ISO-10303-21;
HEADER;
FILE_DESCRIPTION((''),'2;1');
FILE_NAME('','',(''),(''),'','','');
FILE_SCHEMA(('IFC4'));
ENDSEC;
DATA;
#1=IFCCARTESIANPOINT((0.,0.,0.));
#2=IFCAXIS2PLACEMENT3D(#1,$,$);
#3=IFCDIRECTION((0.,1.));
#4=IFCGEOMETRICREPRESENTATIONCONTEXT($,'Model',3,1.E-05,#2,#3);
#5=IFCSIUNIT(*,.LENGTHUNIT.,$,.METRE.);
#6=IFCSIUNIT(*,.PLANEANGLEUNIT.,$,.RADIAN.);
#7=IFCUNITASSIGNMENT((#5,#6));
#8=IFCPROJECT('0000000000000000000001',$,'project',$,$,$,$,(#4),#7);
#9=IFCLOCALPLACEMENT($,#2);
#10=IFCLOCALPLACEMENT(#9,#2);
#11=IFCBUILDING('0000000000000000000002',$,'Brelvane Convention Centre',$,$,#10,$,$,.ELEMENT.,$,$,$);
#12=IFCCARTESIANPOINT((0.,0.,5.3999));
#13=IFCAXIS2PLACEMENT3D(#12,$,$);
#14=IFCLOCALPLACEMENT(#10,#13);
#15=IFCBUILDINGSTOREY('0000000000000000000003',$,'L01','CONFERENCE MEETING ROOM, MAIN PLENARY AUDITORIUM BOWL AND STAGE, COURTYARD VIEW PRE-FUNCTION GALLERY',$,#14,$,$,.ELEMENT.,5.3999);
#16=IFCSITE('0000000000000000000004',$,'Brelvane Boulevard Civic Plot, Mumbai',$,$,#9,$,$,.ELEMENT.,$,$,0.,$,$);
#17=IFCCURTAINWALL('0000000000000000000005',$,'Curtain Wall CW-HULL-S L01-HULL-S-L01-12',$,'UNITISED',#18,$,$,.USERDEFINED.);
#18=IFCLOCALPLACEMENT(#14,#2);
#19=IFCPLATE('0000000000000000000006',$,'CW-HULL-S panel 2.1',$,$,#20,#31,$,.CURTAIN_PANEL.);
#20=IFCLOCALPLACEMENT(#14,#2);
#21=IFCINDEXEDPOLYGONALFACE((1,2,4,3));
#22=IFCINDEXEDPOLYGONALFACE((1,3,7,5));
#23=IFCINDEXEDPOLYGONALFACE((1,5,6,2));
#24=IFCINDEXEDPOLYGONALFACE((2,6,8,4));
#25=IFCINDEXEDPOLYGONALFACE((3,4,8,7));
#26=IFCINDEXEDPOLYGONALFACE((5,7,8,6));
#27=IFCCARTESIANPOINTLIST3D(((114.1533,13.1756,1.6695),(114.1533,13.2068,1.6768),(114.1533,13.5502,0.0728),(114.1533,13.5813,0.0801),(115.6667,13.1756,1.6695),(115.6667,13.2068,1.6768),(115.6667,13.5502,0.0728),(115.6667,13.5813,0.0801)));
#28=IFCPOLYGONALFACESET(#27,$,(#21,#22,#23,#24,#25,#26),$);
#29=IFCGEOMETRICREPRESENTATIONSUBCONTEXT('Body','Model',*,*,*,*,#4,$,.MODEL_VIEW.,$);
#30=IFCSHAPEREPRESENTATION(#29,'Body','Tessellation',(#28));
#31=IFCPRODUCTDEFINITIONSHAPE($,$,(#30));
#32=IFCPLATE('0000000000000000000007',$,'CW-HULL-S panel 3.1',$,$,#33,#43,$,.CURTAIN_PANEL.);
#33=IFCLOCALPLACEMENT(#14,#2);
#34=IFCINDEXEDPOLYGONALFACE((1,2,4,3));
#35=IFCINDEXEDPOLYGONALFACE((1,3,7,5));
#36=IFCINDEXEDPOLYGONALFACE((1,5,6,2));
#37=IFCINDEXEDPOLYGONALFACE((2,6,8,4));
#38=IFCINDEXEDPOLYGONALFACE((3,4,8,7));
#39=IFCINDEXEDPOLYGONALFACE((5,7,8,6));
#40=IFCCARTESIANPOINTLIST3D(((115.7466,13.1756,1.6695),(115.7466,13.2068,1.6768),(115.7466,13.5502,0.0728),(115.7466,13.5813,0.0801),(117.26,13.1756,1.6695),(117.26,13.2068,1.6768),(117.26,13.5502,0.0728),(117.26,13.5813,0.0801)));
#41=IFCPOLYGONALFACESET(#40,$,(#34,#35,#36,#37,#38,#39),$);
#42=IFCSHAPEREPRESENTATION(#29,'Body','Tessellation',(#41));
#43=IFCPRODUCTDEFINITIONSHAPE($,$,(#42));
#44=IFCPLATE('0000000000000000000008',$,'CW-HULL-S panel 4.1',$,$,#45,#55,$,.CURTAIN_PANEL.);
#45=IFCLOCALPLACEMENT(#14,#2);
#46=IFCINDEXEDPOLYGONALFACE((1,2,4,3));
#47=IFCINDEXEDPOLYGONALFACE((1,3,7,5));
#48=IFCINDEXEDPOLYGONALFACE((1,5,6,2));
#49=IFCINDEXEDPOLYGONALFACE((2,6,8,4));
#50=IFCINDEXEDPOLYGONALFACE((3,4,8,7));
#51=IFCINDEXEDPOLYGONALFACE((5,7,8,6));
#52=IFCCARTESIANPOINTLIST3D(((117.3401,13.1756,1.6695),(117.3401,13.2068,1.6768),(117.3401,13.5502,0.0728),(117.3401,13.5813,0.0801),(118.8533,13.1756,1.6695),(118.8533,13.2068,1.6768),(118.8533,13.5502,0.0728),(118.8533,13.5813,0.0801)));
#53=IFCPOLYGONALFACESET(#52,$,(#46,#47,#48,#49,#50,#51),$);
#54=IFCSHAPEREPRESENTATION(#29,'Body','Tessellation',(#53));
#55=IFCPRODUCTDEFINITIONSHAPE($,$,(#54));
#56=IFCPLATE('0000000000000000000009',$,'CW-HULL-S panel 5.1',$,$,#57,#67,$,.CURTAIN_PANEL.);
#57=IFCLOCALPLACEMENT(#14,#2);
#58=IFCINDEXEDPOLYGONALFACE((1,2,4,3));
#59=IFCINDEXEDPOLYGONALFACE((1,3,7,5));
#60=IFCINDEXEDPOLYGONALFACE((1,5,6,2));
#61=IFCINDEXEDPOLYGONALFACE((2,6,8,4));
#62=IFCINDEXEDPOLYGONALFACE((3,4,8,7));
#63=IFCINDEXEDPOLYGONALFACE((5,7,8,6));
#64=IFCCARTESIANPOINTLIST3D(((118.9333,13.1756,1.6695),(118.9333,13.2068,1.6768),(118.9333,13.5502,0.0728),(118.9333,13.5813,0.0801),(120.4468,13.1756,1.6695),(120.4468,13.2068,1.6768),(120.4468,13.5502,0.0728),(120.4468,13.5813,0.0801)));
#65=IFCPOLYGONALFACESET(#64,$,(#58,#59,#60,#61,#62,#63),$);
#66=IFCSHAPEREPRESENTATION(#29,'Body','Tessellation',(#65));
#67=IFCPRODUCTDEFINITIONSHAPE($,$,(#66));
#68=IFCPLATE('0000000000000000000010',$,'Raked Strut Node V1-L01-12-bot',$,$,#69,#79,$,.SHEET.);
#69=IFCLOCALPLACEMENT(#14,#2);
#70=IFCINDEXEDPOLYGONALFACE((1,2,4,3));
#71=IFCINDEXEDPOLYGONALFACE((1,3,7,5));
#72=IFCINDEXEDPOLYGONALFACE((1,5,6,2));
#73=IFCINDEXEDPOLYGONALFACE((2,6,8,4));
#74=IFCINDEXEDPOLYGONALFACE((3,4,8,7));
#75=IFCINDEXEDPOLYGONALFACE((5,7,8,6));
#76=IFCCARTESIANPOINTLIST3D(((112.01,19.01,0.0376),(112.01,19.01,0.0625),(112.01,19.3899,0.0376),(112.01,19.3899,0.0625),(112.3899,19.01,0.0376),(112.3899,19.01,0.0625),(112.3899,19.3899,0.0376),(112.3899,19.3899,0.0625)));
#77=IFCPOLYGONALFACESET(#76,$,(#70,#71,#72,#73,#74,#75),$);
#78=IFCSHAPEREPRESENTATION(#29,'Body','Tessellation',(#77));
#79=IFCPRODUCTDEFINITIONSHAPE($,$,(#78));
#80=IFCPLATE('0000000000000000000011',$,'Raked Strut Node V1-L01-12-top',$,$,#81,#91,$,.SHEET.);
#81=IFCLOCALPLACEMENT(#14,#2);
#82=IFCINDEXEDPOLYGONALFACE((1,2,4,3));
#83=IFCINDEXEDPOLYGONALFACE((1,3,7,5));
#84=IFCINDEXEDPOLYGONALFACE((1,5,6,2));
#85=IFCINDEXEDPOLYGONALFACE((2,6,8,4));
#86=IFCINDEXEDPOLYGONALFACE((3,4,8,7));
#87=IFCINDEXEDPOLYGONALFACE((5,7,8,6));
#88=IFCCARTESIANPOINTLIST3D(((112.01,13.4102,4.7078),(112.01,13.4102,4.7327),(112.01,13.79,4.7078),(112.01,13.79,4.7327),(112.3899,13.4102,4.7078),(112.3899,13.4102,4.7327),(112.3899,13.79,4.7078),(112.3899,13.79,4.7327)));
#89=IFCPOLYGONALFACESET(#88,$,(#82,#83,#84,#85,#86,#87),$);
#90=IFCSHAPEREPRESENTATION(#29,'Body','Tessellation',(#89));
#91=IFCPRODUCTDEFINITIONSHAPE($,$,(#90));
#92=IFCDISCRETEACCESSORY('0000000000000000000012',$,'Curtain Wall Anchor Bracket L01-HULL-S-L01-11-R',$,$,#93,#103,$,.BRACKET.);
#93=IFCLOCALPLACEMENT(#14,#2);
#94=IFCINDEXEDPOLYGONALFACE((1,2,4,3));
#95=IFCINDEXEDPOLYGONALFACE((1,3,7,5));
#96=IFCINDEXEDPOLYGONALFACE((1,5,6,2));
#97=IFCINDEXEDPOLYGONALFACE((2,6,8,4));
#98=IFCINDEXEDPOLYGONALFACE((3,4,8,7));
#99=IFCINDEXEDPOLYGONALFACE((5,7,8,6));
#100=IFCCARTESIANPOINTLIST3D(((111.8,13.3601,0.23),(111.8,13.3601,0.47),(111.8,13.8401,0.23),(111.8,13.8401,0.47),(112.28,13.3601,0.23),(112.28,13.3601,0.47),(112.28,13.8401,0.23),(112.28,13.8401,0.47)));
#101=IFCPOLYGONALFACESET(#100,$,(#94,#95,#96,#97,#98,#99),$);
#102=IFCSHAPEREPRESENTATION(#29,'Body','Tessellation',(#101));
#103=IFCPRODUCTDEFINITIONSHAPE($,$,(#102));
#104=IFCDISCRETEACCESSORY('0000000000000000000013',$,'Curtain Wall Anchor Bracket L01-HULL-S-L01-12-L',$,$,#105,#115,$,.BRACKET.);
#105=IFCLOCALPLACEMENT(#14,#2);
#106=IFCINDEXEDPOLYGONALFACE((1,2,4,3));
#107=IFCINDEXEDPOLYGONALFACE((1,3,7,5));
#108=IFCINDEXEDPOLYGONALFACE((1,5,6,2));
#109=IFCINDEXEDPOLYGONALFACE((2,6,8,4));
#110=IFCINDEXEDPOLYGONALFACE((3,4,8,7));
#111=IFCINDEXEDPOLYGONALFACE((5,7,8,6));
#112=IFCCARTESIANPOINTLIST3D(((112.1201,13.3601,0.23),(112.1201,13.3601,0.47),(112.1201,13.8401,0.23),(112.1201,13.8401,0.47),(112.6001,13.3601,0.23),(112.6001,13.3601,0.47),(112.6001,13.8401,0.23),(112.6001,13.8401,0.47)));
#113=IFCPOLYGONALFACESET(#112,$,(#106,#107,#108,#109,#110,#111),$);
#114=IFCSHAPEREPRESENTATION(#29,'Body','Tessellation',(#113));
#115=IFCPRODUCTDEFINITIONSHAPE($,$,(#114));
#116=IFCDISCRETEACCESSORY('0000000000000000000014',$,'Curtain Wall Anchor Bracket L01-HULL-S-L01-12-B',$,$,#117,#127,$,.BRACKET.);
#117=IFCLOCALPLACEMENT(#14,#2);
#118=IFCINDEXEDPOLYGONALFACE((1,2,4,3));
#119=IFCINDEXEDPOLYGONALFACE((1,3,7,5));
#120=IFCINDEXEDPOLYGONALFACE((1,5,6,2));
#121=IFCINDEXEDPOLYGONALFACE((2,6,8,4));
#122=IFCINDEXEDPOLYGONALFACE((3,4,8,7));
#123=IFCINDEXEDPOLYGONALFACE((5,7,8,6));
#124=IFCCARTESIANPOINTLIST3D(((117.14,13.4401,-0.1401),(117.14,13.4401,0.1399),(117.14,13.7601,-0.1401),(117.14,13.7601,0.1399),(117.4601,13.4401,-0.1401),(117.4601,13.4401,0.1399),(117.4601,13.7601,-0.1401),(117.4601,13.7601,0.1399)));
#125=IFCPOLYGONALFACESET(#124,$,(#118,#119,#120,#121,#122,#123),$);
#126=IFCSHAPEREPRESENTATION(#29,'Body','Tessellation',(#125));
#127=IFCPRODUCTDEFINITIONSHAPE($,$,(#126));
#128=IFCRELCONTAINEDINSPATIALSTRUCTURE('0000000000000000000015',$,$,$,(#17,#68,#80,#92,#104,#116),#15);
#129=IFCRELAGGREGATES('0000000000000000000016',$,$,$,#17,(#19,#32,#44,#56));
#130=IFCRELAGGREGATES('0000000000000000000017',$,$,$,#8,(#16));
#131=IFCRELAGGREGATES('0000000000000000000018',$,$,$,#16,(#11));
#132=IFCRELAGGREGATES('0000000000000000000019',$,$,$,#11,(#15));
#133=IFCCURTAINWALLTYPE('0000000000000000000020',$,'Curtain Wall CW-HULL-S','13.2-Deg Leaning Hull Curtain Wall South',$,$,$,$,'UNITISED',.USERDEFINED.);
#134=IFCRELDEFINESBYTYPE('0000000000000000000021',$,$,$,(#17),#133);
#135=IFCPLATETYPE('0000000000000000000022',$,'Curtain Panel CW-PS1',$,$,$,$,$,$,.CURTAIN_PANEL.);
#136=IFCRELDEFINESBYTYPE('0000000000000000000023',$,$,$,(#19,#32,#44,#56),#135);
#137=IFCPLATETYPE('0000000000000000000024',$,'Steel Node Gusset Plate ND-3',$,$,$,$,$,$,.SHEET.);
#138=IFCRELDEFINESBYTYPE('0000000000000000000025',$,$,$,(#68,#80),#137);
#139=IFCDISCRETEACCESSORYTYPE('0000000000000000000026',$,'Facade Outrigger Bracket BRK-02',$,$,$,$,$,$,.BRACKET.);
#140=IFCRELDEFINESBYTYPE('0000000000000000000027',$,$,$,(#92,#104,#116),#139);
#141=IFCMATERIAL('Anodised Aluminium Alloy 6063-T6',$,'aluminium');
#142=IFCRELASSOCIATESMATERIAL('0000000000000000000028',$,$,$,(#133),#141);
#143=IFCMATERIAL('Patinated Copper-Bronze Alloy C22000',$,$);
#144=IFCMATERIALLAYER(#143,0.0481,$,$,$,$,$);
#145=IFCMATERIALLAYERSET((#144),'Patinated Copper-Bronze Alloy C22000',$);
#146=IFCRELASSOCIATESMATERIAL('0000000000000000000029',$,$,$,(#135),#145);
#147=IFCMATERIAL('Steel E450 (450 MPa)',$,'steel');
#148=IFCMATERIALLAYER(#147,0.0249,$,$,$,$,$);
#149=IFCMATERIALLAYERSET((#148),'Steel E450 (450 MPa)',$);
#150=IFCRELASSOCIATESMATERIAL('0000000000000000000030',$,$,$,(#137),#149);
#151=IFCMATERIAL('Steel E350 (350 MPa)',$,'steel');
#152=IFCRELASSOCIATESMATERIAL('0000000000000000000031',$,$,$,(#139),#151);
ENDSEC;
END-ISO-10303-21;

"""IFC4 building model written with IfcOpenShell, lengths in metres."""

from ifc_helpers import new_model, si_unit, direction, frame, origin, origin_2d, place, context, subcontext, project, spatial, polyline, rectangle, outline, extrude, material, layer, layer_set, type_object, element, aggregate, save


model = new_model("IFC4")

# Units and contexts
model_context = context("Model", 3, precision=1e-05, world=origin(), true_north=direction((0.0, 1.0)))
body_context = subcontext(model_context, "Body", "Model", "MODEL_VIEW")
ifc_project = project(units=[si_unit("LENGTHUNIT", "METRE"), si_unit("PLANEANGLEUNIT", "RADIAN")], contexts=[model_context])

# Site, building, storey
site_placement = place(None, origin())
site = spatial("IfcSite", under=ifc_project, at=site_placement, Name="Brelvane Boulevard Civic Plot, Mumbai", CompositionType="ELEMENT", RefElevation=0.0)
building_placement = place(site_placement, origin())
building = spatial("IfcBuilding", under=site, at=building_placement, Name="Brelvane Convention Centre", CompositionType="ELEMENT")
storey_placement = place(building_placement, frame((0.0, 0.0, 5.3999)))
storey = spatial("IfcBuildingStorey", under=building, at=storey_placement, Name="L01", Description="CONFERENCE MEETING ROOM, MAIN PLENARY AUDITORIUM BOWL AND STAGE, COURTYARD VIEW PRE-FUNCTION GALLERY", CompositionType="ELEMENT", Elevation=5.3999)

# Curtain wall
ifc_material_1 = material(Name="Anodised Aluminium Alloy 6063-T6", Category="aluminium")
curtain_wall_type = type_object("IfcCurtainWallType", Name="Curtain Wall CW-HULL-S", Description="13.2-Deg Leaning Hull Curtain Wall South", ElementType="UNITISED", PredefinedType="USERDEFINED", material=ifc_material_1)
curtain_wall_1_placement = place(storey_placement, origin())
curtain_wall_1 = element("IfcCurtainWall", 1, at=curtain_wall_1_placement, inside=storey, type_object=curtain_wall_type, Name="Curtain Wall CW-HULL-S L01-HULL-S-L01-12", ObjectType="UNITISED", PredefinedType="USERDEFINED")

# Plates
ifc_material_2 = material(Name="Patinated Copper-Bronze Alloy C22000")
ifc_layer_1 = layer(ifc_material_2, 0.0481)
ifc_layer_set_1 = layer_set([ifc_layer_1], Name="Patinated Copper-Bronze Alloy C22000")
plate_type_1 = type_object("IfcPlateType", Name="Curtain Panel CW-PS1", PredefinedType="CURTAIN_PANEL", material=ifc_layer_set_1)
plate_1_placement = place(storey_placement, frame((114.1533, 13.5813, 0.0801), z_axis=(0.0, 0.973577, 0.228359), x_axis=(1.0, 0.0, 0.0)))
plate_1 = element("IfcPlate", 2, at=plate_1_placement, type_object=plate_type_1, Name="CW-HULL-S panel 2.1", PredefinedType="CURTAIN_PANEL", context=body_context, shape_type="SweptSolid", body=[
    extrude(outline(polyline([(0.0, 0.0), (1.5134, 0.0), (1.5134, -1.64), (0.0, -1.64), (0.0, 0.0)])), origin(), (0.0, 0.0, -1.0), 0.032),
])
plate_2_placement = place(storey_placement, frame((115.7466, 13.5813, 0.0801), z_axis=(0.0, 0.973577, 0.228359), x_axis=(1.0, 0.0, 0.0)))
plate_2 = element("IfcPlate", 3, at=plate_2_placement, type_object=plate_type_1, Name="CW-HULL-S panel 3.1", PredefinedType="CURTAIN_PANEL", context=body_context, shape_type="SweptSolid", body=[
    extrude(outline(polyline([(0.0, 0.0), (1.5134, 0.0), (1.5134, -1.64), (0.0, -1.64), (0.0, 0.0)])), origin(), (0.0, 0.0, -1.0), 0.032),
])
plate_3_placement = place(storey_placement, frame((117.3401, 13.5813, 0.0801), z_axis=(0.0, 0.973577, 0.228359), x_axis=(1.0, 0.0, 0.0)))
plate_3 = element("IfcPlate", 4, at=plate_3_placement, type_object=plate_type_1, Name="CW-HULL-S panel 4.1", PredefinedType="CURTAIN_PANEL", context=body_context, shape_type="SweptSolid", body=[
    extrude(outline(polyline([(0.0, 0.0), (1.5132, 0.0), (1.5132, -1.64), (0.0, -1.64), (0.0, 0.0)])), origin(), (0.0, 0.0, -1.0), 0.032),
])
plate_4_placement = place(storey_placement, frame((118.9333, 13.5813, 0.0801), z_axis=(0.0, 0.973577, 0.228359), x_axis=(1.0, 0.0, 0.0)))
plate_4 = element("IfcPlate", 5, at=plate_4_placement, type_object=plate_type_1, Name="CW-HULL-S panel 5.1", PredefinedType="CURTAIN_PANEL", context=body_context, shape_type="SweptSolid", body=[
    extrude(outline(polyline([(0.0, 0.0), (1.5134, 0.0), (1.5134, -1.64), (0.0, -1.64), (0.0, 0.0)])), origin(), (0.0, 0.0, -1.0), 0.032),
])
aggregate(curtain_wall_1, [plate_1, plate_2, plate_3, plate_4])

# Plates
ifc_material_3 = material(Name="Steel E450 (450 MPa)", Category="steel")
ifc_layer_2 = layer(ifc_material_3, 0.0249)
ifc_layer_set_2 = layer_set([ifc_layer_2], Name="Steel E450 (450 MPa)")
plate_type_2 = type_object("IfcPlateType", Name="Steel Node Gusset Plate ND-3", PredefinedType="SHEET", material=ifc_layer_set_2)
for number, where, z_axis, x_axis, name in (
    (6, (112.2, 19.2, 0.0376), (0.0, 0.0, 1.0), (1.0, 0.0, 0.0), "Raked Strut Node V1-L01-12-bot"),
    (7, (112.2, 13.6001, 4.7078), (0.0, 0.0, 1.0), (1.0, 0.0, 0.0), "Raked Strut Node V1-L01-12-top"),
):
    element("IfcPlate", number, at=place(storey_placement, frame(where, z_axis=z_axis, x_axis=x_axis)), inside=storey, type_object=plate_type_2, Name=name, PredefinedType="SHEET", context=body_context, shape_type="SweptSolid", body=[
        extrude(rectangle(XDim=0.3799, YDim=0.3799, at=origin_2d()), origin(), (0.0, 0.0, 1.0), 0.0249),
    ])

# Discrete accessories
ifc_material_4 = material(Name="Steel E350 (350 MPa)", Category="steel")
discrete_accessory_type = type_object("IfcDiscreteAccessoryType", Name="Facade Outrigger Bracket BRK-02", PredefinedType="BRACKET", material=ifc_material_4)
for number, where, z_axis, x_axis, name in (
    (8, (112.04, 13.6001, 0.23), (0.0, 0.0, 1.0), (1.0, 0.0, 0.0), "Curtain Wall Anchor Bracket L01-HULL-S-L01-11-R"),
    (9, (112.3601, 13.6001, 0.23), (0.0, 0.0, 1.0), (1.0, 0.0, 0.0), "Curtain Wall Anchor Bracket L01-HULL-S-L01-12-L"),
):
    element("IfcDiscreteAccessory", number, at=place(storey_placement, frame(where, z_axis=z_axis, x_axis=x_axis)), inside=storey, type_object=discrete_accessory_type, Name=name, PredefinedType="BRACKET", context=body_context, shape_type="SweptSolid", body=[
        extrude(rectangle(XDim=0.48, YDim=0.48, at=origin_2d()), origin(), (0.0, 0.0, 1.0), 0.24),
    ])
discrete_accessory_placement = place(storey_placement, frame((117.3, 13.6001, -0.1401), z_axis=(0.0, 0.0, 1.0), x_axis=(1.0, 0.0, 0.0)))
element("IfcDiscreteAccessory", 10, at=discrete_accessory_placement, inside=storey, type_object=discrete_accessory_type, Name="Curtain Wall Anchor Bracket L01-HULL-S-L01-12-B", PredefinedType="BRACKET", context=body_context, shape_type="SweptSolid", body=[
    extrude(rectangle(XDim=0.3201, YDim=0.3201, at=origin_2d()), origin(), (0.0, 0.0, 1.0), 0.28),
])

save(model, "model.ifc")
